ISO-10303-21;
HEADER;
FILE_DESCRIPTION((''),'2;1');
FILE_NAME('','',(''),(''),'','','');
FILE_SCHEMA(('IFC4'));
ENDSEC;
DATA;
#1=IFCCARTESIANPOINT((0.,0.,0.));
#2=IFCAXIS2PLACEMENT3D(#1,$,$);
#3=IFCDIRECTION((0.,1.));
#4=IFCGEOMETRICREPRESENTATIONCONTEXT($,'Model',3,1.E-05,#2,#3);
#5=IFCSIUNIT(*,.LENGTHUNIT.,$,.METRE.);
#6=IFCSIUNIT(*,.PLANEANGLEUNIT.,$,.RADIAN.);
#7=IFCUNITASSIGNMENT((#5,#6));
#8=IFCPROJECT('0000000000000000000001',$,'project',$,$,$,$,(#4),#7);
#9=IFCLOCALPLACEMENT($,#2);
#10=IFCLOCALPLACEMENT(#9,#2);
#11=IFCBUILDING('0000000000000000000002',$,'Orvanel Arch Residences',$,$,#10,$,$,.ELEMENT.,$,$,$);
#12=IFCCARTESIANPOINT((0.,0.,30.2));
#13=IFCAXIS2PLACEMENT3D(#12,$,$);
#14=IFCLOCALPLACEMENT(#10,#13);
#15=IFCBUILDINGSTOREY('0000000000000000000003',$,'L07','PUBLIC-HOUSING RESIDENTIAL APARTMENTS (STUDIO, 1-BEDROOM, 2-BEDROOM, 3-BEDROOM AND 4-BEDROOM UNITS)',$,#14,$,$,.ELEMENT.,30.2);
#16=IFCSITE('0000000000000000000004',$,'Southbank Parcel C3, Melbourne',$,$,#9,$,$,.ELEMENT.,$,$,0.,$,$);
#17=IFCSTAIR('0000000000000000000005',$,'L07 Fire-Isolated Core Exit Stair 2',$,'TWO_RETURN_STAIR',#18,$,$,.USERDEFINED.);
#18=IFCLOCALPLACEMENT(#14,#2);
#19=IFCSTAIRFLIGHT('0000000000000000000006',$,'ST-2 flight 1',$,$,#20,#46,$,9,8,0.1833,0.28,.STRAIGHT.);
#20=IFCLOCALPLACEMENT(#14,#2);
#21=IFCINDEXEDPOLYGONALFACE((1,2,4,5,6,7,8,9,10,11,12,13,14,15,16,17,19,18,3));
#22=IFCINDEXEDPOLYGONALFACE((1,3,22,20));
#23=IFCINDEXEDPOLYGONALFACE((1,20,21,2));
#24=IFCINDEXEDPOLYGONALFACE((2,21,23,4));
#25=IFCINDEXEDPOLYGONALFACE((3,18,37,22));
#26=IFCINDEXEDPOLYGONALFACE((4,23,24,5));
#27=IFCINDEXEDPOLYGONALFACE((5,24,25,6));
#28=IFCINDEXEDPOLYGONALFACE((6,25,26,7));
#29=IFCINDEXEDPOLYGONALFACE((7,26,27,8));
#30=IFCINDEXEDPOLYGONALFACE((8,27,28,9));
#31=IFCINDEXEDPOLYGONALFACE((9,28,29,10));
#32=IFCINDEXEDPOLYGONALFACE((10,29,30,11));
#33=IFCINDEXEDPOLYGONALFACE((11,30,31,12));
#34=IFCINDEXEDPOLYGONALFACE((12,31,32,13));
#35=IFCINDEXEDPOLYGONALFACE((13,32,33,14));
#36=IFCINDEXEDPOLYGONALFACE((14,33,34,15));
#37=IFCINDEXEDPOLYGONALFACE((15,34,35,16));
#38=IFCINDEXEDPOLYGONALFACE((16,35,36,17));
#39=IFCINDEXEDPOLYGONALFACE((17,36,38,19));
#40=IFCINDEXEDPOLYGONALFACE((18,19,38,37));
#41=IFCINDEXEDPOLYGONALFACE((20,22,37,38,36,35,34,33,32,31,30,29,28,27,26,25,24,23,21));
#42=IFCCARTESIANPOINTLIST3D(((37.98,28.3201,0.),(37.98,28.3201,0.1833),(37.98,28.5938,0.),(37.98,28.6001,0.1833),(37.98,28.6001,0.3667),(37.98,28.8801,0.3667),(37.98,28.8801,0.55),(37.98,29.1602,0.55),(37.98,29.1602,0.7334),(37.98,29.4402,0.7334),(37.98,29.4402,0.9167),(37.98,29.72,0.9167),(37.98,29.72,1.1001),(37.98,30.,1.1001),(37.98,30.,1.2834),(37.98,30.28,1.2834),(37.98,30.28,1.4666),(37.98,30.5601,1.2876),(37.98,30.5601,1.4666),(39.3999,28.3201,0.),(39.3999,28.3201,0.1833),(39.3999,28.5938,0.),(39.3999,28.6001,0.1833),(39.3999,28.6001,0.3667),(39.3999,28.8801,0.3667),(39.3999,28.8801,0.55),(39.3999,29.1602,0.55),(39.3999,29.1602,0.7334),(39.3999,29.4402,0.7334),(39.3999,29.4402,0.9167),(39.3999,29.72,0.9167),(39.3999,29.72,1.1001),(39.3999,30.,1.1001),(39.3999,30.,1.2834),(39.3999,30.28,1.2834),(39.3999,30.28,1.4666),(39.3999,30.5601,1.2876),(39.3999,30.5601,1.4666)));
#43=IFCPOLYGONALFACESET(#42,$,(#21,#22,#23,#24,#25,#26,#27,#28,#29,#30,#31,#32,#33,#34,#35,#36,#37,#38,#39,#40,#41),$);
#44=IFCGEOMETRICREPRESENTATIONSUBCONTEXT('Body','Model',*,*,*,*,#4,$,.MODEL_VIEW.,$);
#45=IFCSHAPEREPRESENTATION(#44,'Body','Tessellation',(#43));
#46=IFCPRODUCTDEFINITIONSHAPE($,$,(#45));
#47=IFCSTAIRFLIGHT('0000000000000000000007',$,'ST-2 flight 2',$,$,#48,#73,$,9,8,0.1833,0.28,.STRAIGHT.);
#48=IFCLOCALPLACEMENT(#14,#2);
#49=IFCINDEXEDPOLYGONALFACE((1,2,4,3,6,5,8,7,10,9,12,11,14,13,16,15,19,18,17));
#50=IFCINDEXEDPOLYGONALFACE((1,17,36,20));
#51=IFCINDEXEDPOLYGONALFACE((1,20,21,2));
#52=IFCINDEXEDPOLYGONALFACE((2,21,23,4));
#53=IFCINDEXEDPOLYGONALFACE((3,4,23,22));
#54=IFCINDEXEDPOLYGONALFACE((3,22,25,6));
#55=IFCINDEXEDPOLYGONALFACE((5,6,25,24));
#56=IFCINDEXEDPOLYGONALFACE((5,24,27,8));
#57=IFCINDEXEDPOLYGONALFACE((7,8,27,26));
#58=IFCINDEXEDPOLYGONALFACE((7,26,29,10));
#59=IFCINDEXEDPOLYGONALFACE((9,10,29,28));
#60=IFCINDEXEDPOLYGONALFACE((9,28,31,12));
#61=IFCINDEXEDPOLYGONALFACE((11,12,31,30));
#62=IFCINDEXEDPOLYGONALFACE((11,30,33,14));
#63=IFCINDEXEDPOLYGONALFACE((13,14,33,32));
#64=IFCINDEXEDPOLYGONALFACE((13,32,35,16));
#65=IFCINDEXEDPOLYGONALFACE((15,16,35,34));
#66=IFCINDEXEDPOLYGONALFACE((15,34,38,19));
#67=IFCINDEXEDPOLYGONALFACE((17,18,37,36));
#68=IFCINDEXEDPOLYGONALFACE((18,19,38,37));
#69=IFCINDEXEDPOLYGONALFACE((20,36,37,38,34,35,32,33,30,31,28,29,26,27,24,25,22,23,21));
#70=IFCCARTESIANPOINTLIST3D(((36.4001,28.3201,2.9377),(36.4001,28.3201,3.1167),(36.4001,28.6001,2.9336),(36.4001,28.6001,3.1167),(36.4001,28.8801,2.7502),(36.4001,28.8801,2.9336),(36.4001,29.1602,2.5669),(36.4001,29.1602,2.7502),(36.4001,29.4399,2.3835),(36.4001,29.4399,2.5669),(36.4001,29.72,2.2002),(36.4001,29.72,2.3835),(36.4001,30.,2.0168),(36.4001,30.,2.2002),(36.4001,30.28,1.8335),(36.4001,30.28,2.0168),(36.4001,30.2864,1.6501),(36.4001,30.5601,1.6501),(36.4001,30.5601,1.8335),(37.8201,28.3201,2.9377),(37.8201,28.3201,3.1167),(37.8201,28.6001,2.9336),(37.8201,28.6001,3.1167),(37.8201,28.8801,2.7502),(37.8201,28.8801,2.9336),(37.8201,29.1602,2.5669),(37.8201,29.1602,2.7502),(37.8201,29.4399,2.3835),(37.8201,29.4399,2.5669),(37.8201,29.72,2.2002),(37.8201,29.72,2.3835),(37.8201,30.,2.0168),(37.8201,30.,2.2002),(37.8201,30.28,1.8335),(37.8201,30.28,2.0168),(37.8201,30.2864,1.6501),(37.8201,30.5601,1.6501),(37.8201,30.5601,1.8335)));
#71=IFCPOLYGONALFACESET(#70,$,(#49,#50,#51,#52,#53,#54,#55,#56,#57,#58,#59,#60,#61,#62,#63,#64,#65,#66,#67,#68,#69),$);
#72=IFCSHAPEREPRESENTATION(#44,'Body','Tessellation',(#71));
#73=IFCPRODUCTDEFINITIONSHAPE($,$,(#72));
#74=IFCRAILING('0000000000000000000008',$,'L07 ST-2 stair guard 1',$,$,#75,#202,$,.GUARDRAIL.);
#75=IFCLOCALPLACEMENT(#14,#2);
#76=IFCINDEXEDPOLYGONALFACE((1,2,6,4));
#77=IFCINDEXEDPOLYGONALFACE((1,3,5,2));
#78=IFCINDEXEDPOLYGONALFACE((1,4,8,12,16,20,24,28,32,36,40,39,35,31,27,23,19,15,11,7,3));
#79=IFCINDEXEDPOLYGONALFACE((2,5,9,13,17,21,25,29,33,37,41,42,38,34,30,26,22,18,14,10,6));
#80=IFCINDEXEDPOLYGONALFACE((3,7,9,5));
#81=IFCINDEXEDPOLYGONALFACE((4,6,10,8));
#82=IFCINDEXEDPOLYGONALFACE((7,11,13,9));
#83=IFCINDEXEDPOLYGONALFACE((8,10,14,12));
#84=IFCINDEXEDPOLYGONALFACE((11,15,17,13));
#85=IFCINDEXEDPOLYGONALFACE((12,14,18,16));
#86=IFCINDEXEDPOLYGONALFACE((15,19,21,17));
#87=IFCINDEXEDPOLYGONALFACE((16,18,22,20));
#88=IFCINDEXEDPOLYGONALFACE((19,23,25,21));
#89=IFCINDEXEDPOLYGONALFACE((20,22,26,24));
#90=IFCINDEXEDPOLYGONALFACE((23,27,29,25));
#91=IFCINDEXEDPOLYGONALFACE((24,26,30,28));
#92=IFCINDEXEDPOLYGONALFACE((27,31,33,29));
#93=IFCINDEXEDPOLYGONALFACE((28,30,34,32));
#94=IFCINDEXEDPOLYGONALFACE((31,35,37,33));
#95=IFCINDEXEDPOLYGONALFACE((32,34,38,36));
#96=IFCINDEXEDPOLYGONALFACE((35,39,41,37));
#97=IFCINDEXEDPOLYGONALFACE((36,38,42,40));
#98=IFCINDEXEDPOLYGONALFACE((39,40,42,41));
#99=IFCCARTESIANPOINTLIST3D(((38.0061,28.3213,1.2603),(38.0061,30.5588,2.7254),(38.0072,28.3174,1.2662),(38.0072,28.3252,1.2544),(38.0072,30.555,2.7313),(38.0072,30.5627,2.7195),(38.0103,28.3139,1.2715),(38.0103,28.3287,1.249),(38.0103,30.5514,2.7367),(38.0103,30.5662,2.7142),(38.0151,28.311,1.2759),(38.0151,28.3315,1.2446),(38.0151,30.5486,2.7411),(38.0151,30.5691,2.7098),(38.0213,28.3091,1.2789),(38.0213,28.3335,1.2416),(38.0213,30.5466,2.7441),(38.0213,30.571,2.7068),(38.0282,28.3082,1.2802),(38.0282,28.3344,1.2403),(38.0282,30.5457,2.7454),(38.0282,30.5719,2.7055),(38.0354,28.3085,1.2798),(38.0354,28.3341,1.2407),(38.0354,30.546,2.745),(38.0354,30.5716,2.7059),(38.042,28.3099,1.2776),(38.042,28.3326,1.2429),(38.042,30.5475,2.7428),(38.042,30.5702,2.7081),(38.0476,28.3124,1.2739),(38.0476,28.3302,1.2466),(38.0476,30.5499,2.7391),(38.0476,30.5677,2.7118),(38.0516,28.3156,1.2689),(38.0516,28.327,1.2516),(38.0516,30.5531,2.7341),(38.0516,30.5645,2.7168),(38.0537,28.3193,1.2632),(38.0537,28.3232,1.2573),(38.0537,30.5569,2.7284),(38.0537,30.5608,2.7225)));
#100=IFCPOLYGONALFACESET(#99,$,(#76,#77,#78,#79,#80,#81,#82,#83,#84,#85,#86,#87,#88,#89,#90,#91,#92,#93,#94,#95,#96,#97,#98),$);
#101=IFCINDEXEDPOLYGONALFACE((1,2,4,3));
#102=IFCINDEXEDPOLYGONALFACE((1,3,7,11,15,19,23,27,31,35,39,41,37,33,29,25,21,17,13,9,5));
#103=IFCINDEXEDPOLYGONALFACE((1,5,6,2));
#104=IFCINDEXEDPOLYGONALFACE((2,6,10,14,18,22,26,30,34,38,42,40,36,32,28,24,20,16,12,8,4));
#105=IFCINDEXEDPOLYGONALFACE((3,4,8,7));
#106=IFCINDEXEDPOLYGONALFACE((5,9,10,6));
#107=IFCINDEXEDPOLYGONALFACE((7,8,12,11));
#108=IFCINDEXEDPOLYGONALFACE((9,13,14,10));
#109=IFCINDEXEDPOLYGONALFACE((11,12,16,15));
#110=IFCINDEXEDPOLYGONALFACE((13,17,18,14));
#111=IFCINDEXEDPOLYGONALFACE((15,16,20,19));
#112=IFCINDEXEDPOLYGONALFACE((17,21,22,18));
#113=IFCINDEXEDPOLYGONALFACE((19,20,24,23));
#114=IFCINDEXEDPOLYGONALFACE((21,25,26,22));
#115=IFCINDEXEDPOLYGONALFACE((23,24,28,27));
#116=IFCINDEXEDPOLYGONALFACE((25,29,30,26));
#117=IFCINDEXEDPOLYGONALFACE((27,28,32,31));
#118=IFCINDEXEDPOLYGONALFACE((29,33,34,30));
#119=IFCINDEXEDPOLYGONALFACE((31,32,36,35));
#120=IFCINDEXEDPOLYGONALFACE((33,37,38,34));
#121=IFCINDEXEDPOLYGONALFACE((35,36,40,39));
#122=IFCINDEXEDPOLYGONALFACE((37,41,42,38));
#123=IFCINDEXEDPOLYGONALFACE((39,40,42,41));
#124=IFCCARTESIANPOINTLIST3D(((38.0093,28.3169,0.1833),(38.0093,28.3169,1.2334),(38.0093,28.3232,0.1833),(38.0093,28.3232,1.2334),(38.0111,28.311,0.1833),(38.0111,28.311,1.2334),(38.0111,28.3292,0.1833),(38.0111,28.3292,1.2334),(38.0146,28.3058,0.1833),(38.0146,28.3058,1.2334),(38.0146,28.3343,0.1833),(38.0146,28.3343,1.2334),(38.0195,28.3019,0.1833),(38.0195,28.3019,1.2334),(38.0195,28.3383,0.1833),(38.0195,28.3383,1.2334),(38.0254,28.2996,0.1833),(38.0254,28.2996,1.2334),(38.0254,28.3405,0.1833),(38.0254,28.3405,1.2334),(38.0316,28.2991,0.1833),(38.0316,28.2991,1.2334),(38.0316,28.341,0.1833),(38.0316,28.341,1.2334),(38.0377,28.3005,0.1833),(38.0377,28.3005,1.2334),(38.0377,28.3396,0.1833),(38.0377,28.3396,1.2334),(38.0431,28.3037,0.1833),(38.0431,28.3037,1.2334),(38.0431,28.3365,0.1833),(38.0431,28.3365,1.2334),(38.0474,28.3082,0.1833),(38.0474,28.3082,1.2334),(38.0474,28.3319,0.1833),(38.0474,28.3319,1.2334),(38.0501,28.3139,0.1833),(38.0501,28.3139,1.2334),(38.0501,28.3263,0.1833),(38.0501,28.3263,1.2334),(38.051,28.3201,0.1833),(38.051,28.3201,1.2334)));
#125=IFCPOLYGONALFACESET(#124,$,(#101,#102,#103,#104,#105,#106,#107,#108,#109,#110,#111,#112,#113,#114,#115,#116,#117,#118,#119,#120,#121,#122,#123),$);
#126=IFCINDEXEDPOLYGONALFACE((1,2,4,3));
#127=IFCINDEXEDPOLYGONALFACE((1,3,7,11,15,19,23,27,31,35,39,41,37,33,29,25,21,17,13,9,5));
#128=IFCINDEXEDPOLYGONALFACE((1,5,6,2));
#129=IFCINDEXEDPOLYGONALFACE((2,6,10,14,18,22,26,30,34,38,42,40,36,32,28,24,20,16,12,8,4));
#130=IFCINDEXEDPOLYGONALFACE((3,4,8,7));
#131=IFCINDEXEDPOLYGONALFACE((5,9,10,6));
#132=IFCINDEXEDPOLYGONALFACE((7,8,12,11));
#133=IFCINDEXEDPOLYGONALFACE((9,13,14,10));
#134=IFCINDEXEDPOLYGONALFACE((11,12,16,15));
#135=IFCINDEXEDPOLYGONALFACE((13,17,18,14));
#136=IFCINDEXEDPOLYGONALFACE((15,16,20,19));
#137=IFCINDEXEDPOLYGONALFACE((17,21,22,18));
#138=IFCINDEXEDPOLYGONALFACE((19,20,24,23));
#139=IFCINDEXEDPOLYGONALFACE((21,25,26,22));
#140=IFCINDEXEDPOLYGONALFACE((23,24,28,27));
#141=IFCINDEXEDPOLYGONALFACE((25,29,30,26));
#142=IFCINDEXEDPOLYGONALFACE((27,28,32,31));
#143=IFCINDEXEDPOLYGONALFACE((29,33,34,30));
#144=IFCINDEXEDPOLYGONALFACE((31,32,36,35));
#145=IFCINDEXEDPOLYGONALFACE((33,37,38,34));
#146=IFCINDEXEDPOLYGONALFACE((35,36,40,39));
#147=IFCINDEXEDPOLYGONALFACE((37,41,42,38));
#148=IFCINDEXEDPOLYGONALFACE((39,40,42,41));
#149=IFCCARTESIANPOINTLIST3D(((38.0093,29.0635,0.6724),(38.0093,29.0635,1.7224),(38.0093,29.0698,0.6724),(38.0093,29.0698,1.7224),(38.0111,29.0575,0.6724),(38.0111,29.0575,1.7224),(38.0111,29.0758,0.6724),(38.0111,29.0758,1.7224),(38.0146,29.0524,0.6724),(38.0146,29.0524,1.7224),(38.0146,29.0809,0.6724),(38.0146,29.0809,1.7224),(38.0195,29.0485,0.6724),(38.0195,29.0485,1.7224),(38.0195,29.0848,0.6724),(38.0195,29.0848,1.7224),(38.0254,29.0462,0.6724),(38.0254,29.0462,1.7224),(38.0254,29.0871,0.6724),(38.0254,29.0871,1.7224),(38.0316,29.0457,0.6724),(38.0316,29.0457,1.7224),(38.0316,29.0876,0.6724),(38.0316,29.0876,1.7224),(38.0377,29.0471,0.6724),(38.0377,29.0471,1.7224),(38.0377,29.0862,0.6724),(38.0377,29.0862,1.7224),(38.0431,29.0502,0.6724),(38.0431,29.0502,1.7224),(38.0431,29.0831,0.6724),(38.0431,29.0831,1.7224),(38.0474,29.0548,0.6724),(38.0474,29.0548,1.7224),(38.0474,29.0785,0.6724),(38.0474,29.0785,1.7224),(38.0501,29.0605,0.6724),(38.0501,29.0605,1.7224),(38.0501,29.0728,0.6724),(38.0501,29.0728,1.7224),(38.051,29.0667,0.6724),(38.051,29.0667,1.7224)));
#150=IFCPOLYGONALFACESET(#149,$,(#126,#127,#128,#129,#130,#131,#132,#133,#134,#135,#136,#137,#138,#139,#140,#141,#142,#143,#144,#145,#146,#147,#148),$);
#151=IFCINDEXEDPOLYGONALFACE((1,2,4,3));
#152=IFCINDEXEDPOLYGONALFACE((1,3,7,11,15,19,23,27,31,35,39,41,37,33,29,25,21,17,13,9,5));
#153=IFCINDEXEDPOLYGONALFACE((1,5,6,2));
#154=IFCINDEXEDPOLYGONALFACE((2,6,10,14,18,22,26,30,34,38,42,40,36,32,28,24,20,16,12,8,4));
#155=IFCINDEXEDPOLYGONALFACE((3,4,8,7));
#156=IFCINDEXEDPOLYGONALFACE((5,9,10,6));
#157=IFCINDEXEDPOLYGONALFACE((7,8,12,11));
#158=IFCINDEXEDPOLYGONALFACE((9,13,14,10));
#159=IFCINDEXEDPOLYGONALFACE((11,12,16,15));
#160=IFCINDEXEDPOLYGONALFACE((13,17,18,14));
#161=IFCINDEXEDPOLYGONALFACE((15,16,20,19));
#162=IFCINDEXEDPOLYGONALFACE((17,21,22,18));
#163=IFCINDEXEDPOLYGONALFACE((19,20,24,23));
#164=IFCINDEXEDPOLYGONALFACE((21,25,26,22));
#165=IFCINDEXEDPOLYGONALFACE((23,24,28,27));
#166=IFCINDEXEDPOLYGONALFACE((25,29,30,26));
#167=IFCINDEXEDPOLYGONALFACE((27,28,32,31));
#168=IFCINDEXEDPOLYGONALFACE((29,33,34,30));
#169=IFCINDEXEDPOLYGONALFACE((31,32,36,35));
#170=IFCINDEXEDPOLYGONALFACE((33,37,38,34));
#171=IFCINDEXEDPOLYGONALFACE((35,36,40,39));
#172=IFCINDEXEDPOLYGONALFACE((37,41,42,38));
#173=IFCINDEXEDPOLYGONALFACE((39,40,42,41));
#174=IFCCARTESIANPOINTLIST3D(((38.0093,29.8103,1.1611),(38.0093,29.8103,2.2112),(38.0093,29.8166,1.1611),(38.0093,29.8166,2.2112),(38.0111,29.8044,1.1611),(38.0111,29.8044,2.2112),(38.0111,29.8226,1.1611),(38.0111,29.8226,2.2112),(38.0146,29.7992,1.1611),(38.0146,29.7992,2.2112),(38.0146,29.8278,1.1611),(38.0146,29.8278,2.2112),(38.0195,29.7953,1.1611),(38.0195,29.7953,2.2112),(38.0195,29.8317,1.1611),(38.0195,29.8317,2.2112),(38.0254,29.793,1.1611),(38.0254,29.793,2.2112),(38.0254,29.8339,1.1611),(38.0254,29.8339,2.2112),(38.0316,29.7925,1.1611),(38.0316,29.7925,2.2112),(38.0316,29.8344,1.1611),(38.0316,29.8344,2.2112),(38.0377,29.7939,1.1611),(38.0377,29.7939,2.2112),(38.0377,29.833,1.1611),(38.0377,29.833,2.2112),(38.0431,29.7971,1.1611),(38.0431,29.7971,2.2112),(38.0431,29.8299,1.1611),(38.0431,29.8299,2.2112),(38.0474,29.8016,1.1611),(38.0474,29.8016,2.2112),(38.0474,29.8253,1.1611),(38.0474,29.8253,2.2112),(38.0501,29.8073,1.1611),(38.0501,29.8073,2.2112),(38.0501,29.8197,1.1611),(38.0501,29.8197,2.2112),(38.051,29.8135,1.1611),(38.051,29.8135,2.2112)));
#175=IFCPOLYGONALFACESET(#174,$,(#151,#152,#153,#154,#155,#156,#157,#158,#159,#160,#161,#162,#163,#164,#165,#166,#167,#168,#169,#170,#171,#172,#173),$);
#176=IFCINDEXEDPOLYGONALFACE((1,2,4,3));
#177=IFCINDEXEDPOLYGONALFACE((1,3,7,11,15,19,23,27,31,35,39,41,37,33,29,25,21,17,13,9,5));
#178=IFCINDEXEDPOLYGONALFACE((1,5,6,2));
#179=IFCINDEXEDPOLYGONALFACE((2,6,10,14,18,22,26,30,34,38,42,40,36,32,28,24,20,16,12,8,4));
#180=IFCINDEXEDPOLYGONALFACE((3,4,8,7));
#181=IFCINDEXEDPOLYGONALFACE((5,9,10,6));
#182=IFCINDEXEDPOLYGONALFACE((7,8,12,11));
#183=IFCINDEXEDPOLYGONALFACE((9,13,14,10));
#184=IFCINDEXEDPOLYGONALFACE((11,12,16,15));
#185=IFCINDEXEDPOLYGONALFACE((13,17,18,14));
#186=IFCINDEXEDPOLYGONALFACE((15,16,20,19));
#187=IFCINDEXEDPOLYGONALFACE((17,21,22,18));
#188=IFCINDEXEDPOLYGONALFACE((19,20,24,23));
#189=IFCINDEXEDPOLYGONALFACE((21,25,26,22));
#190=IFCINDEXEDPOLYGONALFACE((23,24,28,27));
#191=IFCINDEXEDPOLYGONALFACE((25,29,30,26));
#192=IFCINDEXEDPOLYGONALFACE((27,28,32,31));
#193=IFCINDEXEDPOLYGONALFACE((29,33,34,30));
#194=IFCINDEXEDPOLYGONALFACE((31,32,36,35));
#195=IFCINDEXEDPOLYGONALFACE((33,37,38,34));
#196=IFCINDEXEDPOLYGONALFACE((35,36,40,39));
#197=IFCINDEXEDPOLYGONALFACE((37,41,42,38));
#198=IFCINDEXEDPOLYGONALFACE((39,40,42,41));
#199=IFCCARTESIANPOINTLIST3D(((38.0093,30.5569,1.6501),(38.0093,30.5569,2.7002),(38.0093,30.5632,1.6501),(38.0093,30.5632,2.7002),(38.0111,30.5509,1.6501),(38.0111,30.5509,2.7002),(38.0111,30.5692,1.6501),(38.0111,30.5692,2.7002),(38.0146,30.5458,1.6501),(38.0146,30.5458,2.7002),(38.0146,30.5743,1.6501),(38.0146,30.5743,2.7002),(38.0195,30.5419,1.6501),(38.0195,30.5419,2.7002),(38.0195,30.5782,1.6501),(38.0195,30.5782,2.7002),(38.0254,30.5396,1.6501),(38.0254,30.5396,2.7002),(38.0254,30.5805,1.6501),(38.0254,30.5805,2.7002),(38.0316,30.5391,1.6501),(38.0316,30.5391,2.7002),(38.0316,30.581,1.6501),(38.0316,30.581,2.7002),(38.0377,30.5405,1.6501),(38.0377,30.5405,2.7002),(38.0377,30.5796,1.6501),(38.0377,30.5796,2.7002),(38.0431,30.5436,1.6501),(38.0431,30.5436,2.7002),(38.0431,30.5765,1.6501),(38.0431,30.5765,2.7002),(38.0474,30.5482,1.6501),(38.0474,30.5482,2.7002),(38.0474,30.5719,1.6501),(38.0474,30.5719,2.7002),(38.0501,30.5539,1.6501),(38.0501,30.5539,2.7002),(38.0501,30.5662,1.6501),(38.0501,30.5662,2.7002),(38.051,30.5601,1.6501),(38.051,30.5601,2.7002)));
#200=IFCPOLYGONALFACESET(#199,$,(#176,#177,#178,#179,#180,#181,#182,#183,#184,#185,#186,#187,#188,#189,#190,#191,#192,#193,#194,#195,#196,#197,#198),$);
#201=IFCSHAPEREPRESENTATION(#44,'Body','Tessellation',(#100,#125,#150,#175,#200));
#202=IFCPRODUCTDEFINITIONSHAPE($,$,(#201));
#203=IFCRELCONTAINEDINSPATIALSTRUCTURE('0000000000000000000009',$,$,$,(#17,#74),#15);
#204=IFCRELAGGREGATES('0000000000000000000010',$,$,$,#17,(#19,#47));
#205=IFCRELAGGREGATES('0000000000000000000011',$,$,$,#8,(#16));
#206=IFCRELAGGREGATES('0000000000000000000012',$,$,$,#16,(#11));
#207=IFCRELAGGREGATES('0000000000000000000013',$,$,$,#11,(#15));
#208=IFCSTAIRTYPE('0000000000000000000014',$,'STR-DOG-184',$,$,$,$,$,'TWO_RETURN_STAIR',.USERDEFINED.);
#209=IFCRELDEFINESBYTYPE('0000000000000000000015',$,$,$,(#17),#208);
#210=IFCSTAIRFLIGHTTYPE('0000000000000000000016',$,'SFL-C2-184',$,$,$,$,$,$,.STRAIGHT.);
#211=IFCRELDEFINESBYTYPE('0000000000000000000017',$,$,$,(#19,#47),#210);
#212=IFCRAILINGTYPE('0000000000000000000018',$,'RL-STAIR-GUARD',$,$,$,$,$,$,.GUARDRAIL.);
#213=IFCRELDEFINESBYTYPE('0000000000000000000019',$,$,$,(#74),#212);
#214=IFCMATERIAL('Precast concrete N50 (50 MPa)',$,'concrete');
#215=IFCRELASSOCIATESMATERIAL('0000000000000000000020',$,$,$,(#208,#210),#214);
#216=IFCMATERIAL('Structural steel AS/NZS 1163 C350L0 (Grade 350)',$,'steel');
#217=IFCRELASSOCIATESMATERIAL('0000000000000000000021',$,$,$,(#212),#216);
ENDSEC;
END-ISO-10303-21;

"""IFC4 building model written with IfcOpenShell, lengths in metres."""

from ifc_helpers import new_model, si_unit, direction, frame, origin, origin_2d, place, context, subcontext, project, spatial, polyline, circle, outline, extrude, material, type_object, element, aggregate, save


model = new_model("IFC4")

# Units and contexts
model_context = context("Model", 3, precision=1e-05, world=origin(), true_north=direction((0.0, 1.0)))
body_context = subcontext(model_context, "Body", "Model", "MODEL_VIEW")
ifc_project = project(units=[si_unit("LENGTHUNIT", "METRE"), si_unit("PLANEANGLEUNIT", "RADIAN")], contexts=[model_context])

# Site, building, storey
site_placement = place(None, origin())
site = spatial("IfcSite", under=ifc_project, at=site_placement, Name="Southbank Parcel C3, Melbourne", CompositionType="ELEMENT", RefElevation=0.0)
building_placement = place(site_placement, origin())
building = spatial("IfcBuilding", under=site, at=building_placement, Name="Orvanel Arch Residences", CompositionType="ELEMENT")
storey_placement = place(building_placement, frame((0.0, 0.0, 30.2)))
storey = spatial("IfcBuildingStorey", under=building, at=storey_placement, Name="L07", Description="PUBLIC-HOUSING RESIDENTIAL APARTMENTS (STUDIO, 1-BEDROOM, 2-BEDROOM, 3-BEDROOM AND 4-BEDROOM UNITS)", CompositionType="ELEMENT", Elevation=30.2)

# Stair, stair flights
ifc_material_1 = material(Name="Precast concrete N50 (50 MPa)", Category="concrete")
stair_type = type_object("IfcStairType", Name="STR-DOG-184", ElementType="TWO_RETURN_STAIR", PredefinedType="USERDEFINED", material=ifc_material_1)
stair_placement = place(storey_placement, origin())
stair = element("IfcStair", 1, at=stair_placement, inside=storey, type_object=stair_type, Name="L07 Fire-Isolated Core Exit Stair 2", ObjectType="TWO_RETURN_STAIR", PredefinedType="USERDEFINED")
stair_flight_type = type_object("IfcStairFlightType", Name="SFL-C2-184", PredefinedType="STRAIGHT", material=ifc_material_1)
stair_flight_1_placement = place(storey_placement, frame((38.6899, 28.3201, 0.0), z_axis=(0.0, 0.0, 1.0), x_axis=(0.0, 1.0, 0.0)))
stair_flight_1 = element("IfcStairFlight", 2, at=stair_flight_1_placement, type_object=stair_flight_type, Name="ST-2 flight 1", NumberOfRisers=9, NumberOfTreads=8, PredefinedType="STRAIGHT", RiserHeight=0.1833, TreadLength=0.28, context=body_context, shape_type="SweptSolid", body=[
    extrude(outline(polyline([(0.0, 0.0), (0.0, 0.1833), (0.28, 0.1833), (0.28, 0.3667), (0.5601, 0.3667), (0.5601, 0.55), (0.8401, 0.55), (0.8401, 0.7334), (1.1201, 0.7334), (1.1201, 0.9167), (1.3999, 0.9167), (1.3999, 1.1001), (1.6799, 1.1001), (1.6799, 1.2834), (1.96, 1.2834), (1.96, 1.4666), (2.24, 1.4666), (2.24, 1.6499), (2.24, 1.2876), (0.2737, 0.0), (0.0, 0.0)])), frame((0.0, 0.71, 0.0), z_axis=(0.0, -1.0, 0.0), x_axis=(1.0, 0.0, 0.0)), (0.0, 0.0, 1.0), 1.4199),
])
stair_flight_2_placement = place(storey_placement, frame((37.1101, 30.5601, 1.6501), z_axis=(0.0, 0.0, 1.0), x_axis=(0.0, -1.0, 0.0)))
stair_flight_2 = element("IfcStairFlight", 3, at=stair_flight_2_placement, type_object=stair_flight_type, Name="ST-2 flight 2", NumberOfRisers=9, NumberOfTreads=8, PredefinedType="STRAIGHT", RiserHeight=0.1833, TreadLength=0.28, context=body_context, shape_type="SweptSolid", body=[
    extrude(outline(polyline([(0.0, 0.0), (0.0, 0.1833), (0.28, 0.1833), (0.28, 0.3667), (0.5601, 0.3667), (0.5601, 0.55), (0.8401, 0.55), (0.8401, 0.7334), (1.1201, 0.7334), (1.1201, 0.9167), (1.3999, 0.9167), (1.3999, 1.1001), (1.6799, 1.1001), (1.6799, 1.2834), (1.96, 1.2834), (1.96, 1.4666), (2.24, 1.4666), (2.24, 1.6499), (2.24, 1.2876), (0.2737, 0.0), (0.0, 0.0)])), frame((0.0, 0.71, 0.0), z_axis=(0.0, -1.0, 0.0), x_axis=(1.0, 0.0, 0.0)), (0.0, 0.0, 1.0), 1.4199),
])
aggregate(stair, [stair_flight_1, stair_flight_2])

# Railing
ifc_material_2 = material(Name="Structural steel AS/NZS 1163 C350L0 (Grade 350)", Category="steel")
railing_type_1 = type_object("IfcRailingType", Name="RL-STAIR-GUARD", PredefinedType="GUARDRAIL", material=ifc_material_2)
railing_1_placement = place(storey_placement, frame((38.03, 28.3201, 0.1833)))
element("IfcRailing", 4, at=railing_1_placement, inside=storey, type_object=railing_type_1, Name="L07 ST-2 stair guard 1", PredefinedType="GUARDRAIL", context=body_context, shape_type="SweptSolid", body=[
    extrude(circle(Radius=0.0239, at=origin_2d()), frame((0.0, 0.0012, 1.0769), z_axis=(0.0, 0.836595, 0.547822), x_axis=(-1.0, 0.0, 0.0)), (0.0, 0.0, 1.0), 2.6746),
    extrude(circle(Radius=0.021, at=origin_2d()), origin(), (0.0, 0.0, 1.0), 1.05),
    extrude(circle(Radius=0.021, at=origin_2d()), frame((0.0, 0.7466, 0.489)), (0.0, 0.0, 1.0), 1.05),
    extrude(circle(Radius=0.021, at=origin_2d()), frame((0.0, 1.4934, 0.9778)), (0.0, 0.0, 1.0), 1.05),
    extrude(circle(Radius=0.021, at=origin_2d()), frame((0.0, 2.24, 1.4668)), (0.0, 0.0, 1.0), 1.05),
])

save(model, "model.ifc")
